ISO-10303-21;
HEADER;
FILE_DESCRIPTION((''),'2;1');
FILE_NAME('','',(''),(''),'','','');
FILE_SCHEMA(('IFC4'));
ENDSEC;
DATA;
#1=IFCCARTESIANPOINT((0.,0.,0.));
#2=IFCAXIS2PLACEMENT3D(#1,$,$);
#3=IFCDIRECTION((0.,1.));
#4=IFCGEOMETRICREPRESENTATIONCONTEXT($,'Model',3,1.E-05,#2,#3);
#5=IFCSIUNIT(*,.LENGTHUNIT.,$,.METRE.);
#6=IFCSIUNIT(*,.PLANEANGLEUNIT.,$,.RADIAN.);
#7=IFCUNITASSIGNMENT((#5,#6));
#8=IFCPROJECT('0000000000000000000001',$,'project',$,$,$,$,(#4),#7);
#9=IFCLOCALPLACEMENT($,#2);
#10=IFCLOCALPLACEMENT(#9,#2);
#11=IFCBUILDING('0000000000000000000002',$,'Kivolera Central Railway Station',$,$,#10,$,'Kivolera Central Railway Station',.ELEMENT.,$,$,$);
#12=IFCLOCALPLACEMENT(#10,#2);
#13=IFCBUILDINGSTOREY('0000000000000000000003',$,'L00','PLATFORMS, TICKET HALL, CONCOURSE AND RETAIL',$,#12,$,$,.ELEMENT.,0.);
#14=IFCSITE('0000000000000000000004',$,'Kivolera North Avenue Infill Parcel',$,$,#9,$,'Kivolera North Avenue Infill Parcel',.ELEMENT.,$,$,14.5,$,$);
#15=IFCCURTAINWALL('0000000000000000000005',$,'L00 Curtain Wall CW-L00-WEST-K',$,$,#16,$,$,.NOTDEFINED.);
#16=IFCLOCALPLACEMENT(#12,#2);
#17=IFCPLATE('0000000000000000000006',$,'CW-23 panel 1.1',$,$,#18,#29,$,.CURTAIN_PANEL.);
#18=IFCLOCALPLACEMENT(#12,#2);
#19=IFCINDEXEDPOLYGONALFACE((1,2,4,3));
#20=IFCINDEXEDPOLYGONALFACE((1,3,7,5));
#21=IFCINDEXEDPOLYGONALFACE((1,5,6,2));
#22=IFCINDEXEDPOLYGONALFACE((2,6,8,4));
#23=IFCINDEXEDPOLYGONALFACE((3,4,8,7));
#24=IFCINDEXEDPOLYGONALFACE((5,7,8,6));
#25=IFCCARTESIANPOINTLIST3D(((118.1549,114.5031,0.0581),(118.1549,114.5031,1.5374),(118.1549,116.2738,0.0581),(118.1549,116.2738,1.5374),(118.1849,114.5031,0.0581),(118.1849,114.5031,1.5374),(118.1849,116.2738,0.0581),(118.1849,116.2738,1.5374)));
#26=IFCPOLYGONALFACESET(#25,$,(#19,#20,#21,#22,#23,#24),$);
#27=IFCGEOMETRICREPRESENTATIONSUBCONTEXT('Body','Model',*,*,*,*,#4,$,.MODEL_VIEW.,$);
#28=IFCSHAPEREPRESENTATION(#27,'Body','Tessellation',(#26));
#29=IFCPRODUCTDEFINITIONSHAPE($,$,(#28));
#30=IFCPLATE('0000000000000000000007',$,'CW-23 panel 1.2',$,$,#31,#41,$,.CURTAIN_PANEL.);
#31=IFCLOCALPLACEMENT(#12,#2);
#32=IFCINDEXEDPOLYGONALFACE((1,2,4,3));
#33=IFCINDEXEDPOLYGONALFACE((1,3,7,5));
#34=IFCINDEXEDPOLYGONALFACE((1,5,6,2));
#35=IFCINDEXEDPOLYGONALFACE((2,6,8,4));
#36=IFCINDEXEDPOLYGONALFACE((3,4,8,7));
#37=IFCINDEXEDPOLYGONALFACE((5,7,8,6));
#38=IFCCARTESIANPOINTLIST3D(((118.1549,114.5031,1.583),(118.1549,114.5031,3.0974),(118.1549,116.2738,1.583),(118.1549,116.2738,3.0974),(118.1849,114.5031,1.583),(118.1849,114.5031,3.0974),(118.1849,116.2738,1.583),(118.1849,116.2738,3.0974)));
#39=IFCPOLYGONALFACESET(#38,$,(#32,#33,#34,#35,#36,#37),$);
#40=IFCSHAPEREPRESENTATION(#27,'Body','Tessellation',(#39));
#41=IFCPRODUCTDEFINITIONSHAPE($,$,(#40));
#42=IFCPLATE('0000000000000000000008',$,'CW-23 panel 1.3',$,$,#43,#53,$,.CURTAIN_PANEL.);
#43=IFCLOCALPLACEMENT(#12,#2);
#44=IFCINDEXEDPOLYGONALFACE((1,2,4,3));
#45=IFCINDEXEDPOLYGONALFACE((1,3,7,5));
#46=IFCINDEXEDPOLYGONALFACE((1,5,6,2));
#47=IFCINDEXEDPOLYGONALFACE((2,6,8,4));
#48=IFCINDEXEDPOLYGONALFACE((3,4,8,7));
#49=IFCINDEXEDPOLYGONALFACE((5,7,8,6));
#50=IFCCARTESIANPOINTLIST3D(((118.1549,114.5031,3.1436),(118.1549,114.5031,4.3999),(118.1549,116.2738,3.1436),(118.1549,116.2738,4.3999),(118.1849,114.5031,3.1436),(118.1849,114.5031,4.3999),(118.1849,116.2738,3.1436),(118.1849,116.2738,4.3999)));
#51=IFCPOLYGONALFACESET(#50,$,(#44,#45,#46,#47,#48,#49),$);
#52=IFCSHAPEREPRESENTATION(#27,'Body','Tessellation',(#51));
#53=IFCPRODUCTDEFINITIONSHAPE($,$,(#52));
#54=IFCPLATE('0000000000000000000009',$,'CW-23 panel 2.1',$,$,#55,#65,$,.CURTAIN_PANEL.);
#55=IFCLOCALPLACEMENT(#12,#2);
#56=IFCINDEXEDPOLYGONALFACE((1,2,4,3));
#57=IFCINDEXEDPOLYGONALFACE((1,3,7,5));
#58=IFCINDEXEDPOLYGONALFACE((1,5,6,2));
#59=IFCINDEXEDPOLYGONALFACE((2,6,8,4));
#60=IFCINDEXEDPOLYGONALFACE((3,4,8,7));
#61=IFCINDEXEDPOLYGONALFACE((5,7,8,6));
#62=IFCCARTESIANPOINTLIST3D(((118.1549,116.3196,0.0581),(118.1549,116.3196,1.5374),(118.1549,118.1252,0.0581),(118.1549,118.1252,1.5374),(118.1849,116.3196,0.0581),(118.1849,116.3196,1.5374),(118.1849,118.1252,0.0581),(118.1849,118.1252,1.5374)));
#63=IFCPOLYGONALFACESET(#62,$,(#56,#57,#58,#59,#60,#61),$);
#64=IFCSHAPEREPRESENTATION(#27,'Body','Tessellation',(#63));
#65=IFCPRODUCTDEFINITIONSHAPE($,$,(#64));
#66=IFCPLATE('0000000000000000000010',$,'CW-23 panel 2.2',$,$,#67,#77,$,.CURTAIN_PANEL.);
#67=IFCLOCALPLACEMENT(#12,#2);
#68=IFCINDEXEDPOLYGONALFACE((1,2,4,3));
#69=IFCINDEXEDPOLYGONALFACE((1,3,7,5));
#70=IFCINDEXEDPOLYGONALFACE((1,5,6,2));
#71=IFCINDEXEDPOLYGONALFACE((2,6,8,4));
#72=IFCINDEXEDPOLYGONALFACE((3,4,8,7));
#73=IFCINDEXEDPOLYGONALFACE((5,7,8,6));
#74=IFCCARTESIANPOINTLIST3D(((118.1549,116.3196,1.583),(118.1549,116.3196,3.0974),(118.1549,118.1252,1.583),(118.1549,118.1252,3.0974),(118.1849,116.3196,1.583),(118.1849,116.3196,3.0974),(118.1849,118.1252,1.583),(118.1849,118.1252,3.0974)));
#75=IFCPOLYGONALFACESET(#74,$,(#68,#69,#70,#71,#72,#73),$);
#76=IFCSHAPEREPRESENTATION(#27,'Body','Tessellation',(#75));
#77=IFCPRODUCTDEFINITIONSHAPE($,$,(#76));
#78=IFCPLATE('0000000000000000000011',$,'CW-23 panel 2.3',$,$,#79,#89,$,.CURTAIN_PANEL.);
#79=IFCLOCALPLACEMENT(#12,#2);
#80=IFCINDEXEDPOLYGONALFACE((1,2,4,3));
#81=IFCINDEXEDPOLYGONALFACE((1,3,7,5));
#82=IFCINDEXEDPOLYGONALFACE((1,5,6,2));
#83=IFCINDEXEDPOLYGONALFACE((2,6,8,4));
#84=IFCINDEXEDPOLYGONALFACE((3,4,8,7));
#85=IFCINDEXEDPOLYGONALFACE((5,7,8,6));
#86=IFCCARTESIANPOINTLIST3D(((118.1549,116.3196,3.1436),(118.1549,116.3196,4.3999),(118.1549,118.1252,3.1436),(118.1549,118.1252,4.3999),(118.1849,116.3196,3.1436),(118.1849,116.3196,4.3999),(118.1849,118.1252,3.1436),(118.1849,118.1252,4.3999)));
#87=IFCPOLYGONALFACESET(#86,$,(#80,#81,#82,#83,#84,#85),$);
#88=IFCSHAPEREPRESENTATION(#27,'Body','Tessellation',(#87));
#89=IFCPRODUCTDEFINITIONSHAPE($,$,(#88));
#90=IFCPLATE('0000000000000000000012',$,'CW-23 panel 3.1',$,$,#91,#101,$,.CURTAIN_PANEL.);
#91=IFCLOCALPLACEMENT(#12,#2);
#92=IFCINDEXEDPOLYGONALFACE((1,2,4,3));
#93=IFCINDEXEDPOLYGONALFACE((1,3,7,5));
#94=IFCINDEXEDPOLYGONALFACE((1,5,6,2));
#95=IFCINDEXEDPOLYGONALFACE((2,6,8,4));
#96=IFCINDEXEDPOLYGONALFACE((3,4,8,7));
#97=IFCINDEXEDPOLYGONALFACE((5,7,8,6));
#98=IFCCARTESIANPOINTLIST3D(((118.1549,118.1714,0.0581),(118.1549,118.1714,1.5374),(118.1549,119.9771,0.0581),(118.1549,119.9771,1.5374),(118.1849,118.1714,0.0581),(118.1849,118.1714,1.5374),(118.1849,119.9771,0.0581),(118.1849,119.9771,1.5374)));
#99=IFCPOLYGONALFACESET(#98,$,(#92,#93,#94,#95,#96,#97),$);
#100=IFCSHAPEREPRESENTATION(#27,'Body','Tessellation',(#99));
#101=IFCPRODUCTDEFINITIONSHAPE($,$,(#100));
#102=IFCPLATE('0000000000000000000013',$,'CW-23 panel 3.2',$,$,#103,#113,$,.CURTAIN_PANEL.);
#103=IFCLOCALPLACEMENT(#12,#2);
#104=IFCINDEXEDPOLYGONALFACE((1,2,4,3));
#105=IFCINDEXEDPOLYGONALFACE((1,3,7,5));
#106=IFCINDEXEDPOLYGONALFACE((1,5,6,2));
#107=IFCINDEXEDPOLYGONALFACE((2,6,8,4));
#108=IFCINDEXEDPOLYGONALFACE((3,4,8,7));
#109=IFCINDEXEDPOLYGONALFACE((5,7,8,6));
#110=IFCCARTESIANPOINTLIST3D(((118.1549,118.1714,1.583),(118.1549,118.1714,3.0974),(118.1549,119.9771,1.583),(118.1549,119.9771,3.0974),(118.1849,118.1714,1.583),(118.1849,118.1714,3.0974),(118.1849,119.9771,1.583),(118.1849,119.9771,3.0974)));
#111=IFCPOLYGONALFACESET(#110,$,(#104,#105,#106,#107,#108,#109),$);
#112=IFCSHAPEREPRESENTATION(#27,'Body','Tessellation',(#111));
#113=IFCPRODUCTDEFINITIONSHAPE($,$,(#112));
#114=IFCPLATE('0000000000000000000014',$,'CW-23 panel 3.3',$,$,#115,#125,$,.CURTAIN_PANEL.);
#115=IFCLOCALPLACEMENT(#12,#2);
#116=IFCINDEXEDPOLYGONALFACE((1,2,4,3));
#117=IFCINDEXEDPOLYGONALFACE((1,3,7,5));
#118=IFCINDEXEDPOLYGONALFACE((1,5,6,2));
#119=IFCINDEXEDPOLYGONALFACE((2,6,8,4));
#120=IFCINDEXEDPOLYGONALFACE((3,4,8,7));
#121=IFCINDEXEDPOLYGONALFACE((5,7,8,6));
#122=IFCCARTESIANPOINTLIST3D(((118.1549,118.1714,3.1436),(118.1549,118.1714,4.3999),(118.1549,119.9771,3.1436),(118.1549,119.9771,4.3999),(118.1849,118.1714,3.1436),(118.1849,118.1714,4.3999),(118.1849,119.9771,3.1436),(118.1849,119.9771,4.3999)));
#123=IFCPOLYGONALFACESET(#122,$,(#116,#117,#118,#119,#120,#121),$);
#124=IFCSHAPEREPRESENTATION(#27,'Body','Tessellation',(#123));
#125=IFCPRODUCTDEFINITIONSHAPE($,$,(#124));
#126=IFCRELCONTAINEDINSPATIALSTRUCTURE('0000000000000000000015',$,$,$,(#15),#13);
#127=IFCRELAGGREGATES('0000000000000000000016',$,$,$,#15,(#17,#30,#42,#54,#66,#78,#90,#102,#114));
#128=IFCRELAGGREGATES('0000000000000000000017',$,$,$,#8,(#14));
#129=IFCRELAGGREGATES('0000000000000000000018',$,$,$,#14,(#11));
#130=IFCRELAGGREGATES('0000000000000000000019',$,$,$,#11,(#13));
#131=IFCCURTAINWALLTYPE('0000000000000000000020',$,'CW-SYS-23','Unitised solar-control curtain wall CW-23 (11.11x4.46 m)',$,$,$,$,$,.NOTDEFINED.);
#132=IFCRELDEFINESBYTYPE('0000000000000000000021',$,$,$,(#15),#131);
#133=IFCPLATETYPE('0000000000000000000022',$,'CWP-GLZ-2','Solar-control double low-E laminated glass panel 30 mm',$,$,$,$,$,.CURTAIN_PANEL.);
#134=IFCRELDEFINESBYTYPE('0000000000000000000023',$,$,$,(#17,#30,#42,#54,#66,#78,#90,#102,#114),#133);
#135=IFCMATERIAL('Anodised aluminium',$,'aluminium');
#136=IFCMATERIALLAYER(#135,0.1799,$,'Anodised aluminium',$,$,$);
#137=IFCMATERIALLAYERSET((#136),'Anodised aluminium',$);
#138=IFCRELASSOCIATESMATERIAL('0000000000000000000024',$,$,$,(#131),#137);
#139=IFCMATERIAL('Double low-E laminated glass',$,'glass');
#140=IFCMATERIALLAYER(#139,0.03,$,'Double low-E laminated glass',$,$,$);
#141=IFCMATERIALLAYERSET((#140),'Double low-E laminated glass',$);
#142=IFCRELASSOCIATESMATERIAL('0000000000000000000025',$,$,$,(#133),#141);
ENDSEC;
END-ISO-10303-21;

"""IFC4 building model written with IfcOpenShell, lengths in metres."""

from ifc_helpers import new_model, si_unit, direction, frame, origin, origin_2d, place, context, subcontext, project, spatial, rectangle, extrude, material, layer, layer_set, type_object, element, aggregate, save


model = new_model("IFC4")

# Units and contexts
model_context = context("Model", 3, precision=1e-05, world=origin(), true_north=direction((0.0, 1.0)))
body_context = subcontext(model_context, "Body", "Model", "MODEL_VIEW")
ifc_project = project(units=[si_unit("LENGTHUNIT", "METRE"), si_unit("PLANEANGLEUNIT", "RADIAN")], contexts=[model_context])

# Site, building, storey
site_placement = place(None, origin())
site = spatial("IfcSite", under=ifc_project, at=site_placement, Name="Kivolera North Avenue Infill Parcel", LongName="Kivolera North Avenue Infill Parcel", CompositionType="ELEMENT", RefElevation=14.5)
building_placement = place(site_placement, origin())
building = spatial("IfcBuilding", under=site, at=building_placement, Name="Kivolera Central Railway Station", LongName="Kivolera Central Railway Station", CompositionType="ELEMENT")
storey_placement = place(building_placement, origin())
storey = spatial("IfcBuildingStorey", under=building, at=storey_placement, Name="L00", Description="PLATFORMS, TICKET HALL, CONCOURSE AND RETAIL", CompositionType="ELEMENT", Elevation=0.0)

# Curtain wall, plates
ifc_material_1 = material(Name="Anodised aluminium", Category="aluminium")
ifc_layer_1 = layer(ifc_material_1, 0.1799, Name="Anodised aluminium")
ifc_layer_set_1 = layer_set([ifc_layer_1], Name="Anodised aluminium")
curtain_wall_type = type_object("IfcCurtainWallType", Name="CW-SYS-23", Description="Unitised solar-control curtain wall CW-23 (11.11x4.46 m)", PredefinedType="NOTDEFINED", material=ifc_layer_set_1)
curtain_wall_placement = place(storey_placement, origin())
curtain_wall = element("IfcCurtainWall", 1, at=curtain_wall_placement, inside=storey, type_object=curtain_wall_type, Name="L00 Curtain Wall CW-L00-WEST-K", PredefinedType="NOTDEFINED")
ifc_material_2 = material(Name="Double low-E laminated glass", Category="glass")
ifc_layer_2 = layer(ifc_material_2, 0.03, Name="Double low-E laminated glass")
ifc_layer_set_2 = layer_set([ifc_layer_2], Name="Double low-E laminated glass")
plate_type = type_object("IfcPlateType", Name="CWP-GLZ-2", Description="Solar-control double low-E laminated glass panel 30 mm", PredefinedType="CURTAIN_PANEL", material=ifc_layer_set_2)
plate_1_placement = place(storey_placement, frame((118.1699, 115.3884, 0.0581), z_axis=(0.0, 0.0, 1.0), x_axis=(0.0, 1.0, 0.0)))
plate_1 = element("IfcPlate", 2, at=plate_1_placement, type_object=plate_type, Name="CW-23 panel 1.1", PredefinedType="CURTAIN_PANEL", context=body_context, shape_type="SweptSolid", body=[
    extrude(rectangle(XDim=1.7708, YDim=0.03, at=origin_2d()), origin(), (0.0, 0.0, 1.0), 1.4792),
])
plate_2_placement = place(storey_placement, frame((118.1699, 115.3884, 1.583), z_axis=(0.0, 0.0, 1.0), x_axis=(0.0, 1.0, 0.0)))
plate_2 = element("IfcPlate", 3, at=plate_2_placement, type_object=plate_type, Name="CW-23 panel 1.2", PredefinedType="CURTAIN_PANEL", context=body_context, shape_type="SweptSolid", body=[
    extrude(rectangle(XDim=1.7708, YDim=0.03, at=origin_2d()), origin(), (0.0, 0.0, 1.0), 1.5144),
])
plate_3_placement = place(storey_placement, frame((118.1699, 115.3884, 3.1436), z_axis=(0.0, 0.0, 1.0), x_axis=(0.0, 1.0, 0.0)))
plate_3 = element("IfcPlate", 4, at=plate_3_placement, type_object=plate_type, Name="CW-23 panel 1.3", PredefinedType="CURTAIN_PANEL", context=body_context, shape_type="SweptSolid", body=[
    extrude(rectangle(XDim=1.7708, YDim=0.03, at=origin_2d()), origin(), (0.0, 0.0, 1.0), 1.2563),
])
plate_4_placement = place(storey_placement, frame((118.1699, 117.2224, 0.0581), z_axis=(0.0, 0.0, 1.0), x_axis=(0.0, 1.0, 0.0)))
plate_4 = element("IfcPlate", 5, at=plate_4_placement, type_object=plate_type, Name="CW-23 panel 2.1", PredefinedType="CURTAIN_PANEL", context=body_context, shape_type="SweptSolid", body=[
    extrude(rectangle(XDim=1.8057, YDim=0.03, at=origin_2d()), origin(), (0.0, 0.0, 1.0), 1.4792),
])
plate_5_placement = place(storey_placement, frame((118.1699, 117.2224, 1.583), z_axis=(0.0, 0.0, 1.0), x_axis=(0.0, 1.0, 0.0)))
plate_5 = element("IfcPlate", 6, at=plate_5_placement, type_object=plate_type, Name="CW-23 panel 2.2", PredefinedType="CURTAIN_PANEL", context=body_context, shape_type="SweptSolid", body=[
    extrude(rectangle(XDim=1.8057, YDim=0.03, at=origin_2d()), origin(), (0.0, 0.0, 1.0), 1.5144),
])
plate_6_placement = place(storey_placement, frame((118.1699, 117.2224, 3.1436), z_axis=(0.0, 0.0, 1.0), x_axis=(0.0, 1.0, 0.0)))
plate_6 = element("IfcPlate", 7, at=plate_6_placement, type_object=plate_type, Name="CW-23 panel 2.3", PredefinedType="CURTAIN_PANEL", context=body_context, shape_type="SweptSolid", body=[
    extrude(rectangle(XDim=1.8057, YDim=0.03, at=origin_2d()), origin(), (0.0, 0.0, 1.0), 1.2563),
])
plate_7_placement = place(storey_placement, frame((118.1699, 119.0742, 0.0581), z_axis=(0.0, 0.0, 1.0), x_axis=(0.0, 1.0, 0.0)))
plate_7 = element("IfcPlate", 8, at=plate_7_placement, type_object=plate_type, Name="CW-23 panel 3.1", PredefinedType="CURTAIN_PANEL", context=body_context, shape_type="SweptSolid", body=[
    extrude(rectangle(XDim=1.8057, YDim=0.03, at=origin_2d()), origin(), (0.0, 0.0, 1.0), 1.4792),
])
plate_8_placement = place(storey_placement, frame((118.1699, 119.0742, 1.583), z_axis=(0.0, 0.0, 1.0), x_axis=(0.0, 1.0, 0.0)))
plate_8 = element("IfcPlate", 9, at=plate_8_placement, type_object=plate_type, Name="CW-23 panel 3.2", PredefinedType="CURTAIN_PANEL", context=body_context, shape_type="SweptSolid", body=[
    extrude(rectangle(XDim=1.8057, YDim=0.03, at=origin_2d()), origin(), (0.0, 0.0, 1.0), 1.5144),
])
plate_9_placement = place(storey_placement, frame((118.1699, 119.0742, 3.1436), z_axis=(0.0, 0.0, 1.0), x_axis=(0.0, 1.0, 0.0)))
plate_9 = element("IfcPlate", 10, at=plate_9_placement, type_object=plate_type, Name="CW-23 panel 3.3", PredefinedType="CURTAIN_PANEL", context=body_context, shape_type="SweptSolid", body=[
    extrude(rectangle(XDim=1.8057, YDim=0.03, at=origin_2d()), origin(), (0.0, 0.0, 1.0), 1.2563),
])
aggregate(curtain_wall, [plate_1, plate_2, plate_3, plate_4, plate_5, plate_6, plate_7, plate_8, plate_9])

save(model, "model.ifc")
